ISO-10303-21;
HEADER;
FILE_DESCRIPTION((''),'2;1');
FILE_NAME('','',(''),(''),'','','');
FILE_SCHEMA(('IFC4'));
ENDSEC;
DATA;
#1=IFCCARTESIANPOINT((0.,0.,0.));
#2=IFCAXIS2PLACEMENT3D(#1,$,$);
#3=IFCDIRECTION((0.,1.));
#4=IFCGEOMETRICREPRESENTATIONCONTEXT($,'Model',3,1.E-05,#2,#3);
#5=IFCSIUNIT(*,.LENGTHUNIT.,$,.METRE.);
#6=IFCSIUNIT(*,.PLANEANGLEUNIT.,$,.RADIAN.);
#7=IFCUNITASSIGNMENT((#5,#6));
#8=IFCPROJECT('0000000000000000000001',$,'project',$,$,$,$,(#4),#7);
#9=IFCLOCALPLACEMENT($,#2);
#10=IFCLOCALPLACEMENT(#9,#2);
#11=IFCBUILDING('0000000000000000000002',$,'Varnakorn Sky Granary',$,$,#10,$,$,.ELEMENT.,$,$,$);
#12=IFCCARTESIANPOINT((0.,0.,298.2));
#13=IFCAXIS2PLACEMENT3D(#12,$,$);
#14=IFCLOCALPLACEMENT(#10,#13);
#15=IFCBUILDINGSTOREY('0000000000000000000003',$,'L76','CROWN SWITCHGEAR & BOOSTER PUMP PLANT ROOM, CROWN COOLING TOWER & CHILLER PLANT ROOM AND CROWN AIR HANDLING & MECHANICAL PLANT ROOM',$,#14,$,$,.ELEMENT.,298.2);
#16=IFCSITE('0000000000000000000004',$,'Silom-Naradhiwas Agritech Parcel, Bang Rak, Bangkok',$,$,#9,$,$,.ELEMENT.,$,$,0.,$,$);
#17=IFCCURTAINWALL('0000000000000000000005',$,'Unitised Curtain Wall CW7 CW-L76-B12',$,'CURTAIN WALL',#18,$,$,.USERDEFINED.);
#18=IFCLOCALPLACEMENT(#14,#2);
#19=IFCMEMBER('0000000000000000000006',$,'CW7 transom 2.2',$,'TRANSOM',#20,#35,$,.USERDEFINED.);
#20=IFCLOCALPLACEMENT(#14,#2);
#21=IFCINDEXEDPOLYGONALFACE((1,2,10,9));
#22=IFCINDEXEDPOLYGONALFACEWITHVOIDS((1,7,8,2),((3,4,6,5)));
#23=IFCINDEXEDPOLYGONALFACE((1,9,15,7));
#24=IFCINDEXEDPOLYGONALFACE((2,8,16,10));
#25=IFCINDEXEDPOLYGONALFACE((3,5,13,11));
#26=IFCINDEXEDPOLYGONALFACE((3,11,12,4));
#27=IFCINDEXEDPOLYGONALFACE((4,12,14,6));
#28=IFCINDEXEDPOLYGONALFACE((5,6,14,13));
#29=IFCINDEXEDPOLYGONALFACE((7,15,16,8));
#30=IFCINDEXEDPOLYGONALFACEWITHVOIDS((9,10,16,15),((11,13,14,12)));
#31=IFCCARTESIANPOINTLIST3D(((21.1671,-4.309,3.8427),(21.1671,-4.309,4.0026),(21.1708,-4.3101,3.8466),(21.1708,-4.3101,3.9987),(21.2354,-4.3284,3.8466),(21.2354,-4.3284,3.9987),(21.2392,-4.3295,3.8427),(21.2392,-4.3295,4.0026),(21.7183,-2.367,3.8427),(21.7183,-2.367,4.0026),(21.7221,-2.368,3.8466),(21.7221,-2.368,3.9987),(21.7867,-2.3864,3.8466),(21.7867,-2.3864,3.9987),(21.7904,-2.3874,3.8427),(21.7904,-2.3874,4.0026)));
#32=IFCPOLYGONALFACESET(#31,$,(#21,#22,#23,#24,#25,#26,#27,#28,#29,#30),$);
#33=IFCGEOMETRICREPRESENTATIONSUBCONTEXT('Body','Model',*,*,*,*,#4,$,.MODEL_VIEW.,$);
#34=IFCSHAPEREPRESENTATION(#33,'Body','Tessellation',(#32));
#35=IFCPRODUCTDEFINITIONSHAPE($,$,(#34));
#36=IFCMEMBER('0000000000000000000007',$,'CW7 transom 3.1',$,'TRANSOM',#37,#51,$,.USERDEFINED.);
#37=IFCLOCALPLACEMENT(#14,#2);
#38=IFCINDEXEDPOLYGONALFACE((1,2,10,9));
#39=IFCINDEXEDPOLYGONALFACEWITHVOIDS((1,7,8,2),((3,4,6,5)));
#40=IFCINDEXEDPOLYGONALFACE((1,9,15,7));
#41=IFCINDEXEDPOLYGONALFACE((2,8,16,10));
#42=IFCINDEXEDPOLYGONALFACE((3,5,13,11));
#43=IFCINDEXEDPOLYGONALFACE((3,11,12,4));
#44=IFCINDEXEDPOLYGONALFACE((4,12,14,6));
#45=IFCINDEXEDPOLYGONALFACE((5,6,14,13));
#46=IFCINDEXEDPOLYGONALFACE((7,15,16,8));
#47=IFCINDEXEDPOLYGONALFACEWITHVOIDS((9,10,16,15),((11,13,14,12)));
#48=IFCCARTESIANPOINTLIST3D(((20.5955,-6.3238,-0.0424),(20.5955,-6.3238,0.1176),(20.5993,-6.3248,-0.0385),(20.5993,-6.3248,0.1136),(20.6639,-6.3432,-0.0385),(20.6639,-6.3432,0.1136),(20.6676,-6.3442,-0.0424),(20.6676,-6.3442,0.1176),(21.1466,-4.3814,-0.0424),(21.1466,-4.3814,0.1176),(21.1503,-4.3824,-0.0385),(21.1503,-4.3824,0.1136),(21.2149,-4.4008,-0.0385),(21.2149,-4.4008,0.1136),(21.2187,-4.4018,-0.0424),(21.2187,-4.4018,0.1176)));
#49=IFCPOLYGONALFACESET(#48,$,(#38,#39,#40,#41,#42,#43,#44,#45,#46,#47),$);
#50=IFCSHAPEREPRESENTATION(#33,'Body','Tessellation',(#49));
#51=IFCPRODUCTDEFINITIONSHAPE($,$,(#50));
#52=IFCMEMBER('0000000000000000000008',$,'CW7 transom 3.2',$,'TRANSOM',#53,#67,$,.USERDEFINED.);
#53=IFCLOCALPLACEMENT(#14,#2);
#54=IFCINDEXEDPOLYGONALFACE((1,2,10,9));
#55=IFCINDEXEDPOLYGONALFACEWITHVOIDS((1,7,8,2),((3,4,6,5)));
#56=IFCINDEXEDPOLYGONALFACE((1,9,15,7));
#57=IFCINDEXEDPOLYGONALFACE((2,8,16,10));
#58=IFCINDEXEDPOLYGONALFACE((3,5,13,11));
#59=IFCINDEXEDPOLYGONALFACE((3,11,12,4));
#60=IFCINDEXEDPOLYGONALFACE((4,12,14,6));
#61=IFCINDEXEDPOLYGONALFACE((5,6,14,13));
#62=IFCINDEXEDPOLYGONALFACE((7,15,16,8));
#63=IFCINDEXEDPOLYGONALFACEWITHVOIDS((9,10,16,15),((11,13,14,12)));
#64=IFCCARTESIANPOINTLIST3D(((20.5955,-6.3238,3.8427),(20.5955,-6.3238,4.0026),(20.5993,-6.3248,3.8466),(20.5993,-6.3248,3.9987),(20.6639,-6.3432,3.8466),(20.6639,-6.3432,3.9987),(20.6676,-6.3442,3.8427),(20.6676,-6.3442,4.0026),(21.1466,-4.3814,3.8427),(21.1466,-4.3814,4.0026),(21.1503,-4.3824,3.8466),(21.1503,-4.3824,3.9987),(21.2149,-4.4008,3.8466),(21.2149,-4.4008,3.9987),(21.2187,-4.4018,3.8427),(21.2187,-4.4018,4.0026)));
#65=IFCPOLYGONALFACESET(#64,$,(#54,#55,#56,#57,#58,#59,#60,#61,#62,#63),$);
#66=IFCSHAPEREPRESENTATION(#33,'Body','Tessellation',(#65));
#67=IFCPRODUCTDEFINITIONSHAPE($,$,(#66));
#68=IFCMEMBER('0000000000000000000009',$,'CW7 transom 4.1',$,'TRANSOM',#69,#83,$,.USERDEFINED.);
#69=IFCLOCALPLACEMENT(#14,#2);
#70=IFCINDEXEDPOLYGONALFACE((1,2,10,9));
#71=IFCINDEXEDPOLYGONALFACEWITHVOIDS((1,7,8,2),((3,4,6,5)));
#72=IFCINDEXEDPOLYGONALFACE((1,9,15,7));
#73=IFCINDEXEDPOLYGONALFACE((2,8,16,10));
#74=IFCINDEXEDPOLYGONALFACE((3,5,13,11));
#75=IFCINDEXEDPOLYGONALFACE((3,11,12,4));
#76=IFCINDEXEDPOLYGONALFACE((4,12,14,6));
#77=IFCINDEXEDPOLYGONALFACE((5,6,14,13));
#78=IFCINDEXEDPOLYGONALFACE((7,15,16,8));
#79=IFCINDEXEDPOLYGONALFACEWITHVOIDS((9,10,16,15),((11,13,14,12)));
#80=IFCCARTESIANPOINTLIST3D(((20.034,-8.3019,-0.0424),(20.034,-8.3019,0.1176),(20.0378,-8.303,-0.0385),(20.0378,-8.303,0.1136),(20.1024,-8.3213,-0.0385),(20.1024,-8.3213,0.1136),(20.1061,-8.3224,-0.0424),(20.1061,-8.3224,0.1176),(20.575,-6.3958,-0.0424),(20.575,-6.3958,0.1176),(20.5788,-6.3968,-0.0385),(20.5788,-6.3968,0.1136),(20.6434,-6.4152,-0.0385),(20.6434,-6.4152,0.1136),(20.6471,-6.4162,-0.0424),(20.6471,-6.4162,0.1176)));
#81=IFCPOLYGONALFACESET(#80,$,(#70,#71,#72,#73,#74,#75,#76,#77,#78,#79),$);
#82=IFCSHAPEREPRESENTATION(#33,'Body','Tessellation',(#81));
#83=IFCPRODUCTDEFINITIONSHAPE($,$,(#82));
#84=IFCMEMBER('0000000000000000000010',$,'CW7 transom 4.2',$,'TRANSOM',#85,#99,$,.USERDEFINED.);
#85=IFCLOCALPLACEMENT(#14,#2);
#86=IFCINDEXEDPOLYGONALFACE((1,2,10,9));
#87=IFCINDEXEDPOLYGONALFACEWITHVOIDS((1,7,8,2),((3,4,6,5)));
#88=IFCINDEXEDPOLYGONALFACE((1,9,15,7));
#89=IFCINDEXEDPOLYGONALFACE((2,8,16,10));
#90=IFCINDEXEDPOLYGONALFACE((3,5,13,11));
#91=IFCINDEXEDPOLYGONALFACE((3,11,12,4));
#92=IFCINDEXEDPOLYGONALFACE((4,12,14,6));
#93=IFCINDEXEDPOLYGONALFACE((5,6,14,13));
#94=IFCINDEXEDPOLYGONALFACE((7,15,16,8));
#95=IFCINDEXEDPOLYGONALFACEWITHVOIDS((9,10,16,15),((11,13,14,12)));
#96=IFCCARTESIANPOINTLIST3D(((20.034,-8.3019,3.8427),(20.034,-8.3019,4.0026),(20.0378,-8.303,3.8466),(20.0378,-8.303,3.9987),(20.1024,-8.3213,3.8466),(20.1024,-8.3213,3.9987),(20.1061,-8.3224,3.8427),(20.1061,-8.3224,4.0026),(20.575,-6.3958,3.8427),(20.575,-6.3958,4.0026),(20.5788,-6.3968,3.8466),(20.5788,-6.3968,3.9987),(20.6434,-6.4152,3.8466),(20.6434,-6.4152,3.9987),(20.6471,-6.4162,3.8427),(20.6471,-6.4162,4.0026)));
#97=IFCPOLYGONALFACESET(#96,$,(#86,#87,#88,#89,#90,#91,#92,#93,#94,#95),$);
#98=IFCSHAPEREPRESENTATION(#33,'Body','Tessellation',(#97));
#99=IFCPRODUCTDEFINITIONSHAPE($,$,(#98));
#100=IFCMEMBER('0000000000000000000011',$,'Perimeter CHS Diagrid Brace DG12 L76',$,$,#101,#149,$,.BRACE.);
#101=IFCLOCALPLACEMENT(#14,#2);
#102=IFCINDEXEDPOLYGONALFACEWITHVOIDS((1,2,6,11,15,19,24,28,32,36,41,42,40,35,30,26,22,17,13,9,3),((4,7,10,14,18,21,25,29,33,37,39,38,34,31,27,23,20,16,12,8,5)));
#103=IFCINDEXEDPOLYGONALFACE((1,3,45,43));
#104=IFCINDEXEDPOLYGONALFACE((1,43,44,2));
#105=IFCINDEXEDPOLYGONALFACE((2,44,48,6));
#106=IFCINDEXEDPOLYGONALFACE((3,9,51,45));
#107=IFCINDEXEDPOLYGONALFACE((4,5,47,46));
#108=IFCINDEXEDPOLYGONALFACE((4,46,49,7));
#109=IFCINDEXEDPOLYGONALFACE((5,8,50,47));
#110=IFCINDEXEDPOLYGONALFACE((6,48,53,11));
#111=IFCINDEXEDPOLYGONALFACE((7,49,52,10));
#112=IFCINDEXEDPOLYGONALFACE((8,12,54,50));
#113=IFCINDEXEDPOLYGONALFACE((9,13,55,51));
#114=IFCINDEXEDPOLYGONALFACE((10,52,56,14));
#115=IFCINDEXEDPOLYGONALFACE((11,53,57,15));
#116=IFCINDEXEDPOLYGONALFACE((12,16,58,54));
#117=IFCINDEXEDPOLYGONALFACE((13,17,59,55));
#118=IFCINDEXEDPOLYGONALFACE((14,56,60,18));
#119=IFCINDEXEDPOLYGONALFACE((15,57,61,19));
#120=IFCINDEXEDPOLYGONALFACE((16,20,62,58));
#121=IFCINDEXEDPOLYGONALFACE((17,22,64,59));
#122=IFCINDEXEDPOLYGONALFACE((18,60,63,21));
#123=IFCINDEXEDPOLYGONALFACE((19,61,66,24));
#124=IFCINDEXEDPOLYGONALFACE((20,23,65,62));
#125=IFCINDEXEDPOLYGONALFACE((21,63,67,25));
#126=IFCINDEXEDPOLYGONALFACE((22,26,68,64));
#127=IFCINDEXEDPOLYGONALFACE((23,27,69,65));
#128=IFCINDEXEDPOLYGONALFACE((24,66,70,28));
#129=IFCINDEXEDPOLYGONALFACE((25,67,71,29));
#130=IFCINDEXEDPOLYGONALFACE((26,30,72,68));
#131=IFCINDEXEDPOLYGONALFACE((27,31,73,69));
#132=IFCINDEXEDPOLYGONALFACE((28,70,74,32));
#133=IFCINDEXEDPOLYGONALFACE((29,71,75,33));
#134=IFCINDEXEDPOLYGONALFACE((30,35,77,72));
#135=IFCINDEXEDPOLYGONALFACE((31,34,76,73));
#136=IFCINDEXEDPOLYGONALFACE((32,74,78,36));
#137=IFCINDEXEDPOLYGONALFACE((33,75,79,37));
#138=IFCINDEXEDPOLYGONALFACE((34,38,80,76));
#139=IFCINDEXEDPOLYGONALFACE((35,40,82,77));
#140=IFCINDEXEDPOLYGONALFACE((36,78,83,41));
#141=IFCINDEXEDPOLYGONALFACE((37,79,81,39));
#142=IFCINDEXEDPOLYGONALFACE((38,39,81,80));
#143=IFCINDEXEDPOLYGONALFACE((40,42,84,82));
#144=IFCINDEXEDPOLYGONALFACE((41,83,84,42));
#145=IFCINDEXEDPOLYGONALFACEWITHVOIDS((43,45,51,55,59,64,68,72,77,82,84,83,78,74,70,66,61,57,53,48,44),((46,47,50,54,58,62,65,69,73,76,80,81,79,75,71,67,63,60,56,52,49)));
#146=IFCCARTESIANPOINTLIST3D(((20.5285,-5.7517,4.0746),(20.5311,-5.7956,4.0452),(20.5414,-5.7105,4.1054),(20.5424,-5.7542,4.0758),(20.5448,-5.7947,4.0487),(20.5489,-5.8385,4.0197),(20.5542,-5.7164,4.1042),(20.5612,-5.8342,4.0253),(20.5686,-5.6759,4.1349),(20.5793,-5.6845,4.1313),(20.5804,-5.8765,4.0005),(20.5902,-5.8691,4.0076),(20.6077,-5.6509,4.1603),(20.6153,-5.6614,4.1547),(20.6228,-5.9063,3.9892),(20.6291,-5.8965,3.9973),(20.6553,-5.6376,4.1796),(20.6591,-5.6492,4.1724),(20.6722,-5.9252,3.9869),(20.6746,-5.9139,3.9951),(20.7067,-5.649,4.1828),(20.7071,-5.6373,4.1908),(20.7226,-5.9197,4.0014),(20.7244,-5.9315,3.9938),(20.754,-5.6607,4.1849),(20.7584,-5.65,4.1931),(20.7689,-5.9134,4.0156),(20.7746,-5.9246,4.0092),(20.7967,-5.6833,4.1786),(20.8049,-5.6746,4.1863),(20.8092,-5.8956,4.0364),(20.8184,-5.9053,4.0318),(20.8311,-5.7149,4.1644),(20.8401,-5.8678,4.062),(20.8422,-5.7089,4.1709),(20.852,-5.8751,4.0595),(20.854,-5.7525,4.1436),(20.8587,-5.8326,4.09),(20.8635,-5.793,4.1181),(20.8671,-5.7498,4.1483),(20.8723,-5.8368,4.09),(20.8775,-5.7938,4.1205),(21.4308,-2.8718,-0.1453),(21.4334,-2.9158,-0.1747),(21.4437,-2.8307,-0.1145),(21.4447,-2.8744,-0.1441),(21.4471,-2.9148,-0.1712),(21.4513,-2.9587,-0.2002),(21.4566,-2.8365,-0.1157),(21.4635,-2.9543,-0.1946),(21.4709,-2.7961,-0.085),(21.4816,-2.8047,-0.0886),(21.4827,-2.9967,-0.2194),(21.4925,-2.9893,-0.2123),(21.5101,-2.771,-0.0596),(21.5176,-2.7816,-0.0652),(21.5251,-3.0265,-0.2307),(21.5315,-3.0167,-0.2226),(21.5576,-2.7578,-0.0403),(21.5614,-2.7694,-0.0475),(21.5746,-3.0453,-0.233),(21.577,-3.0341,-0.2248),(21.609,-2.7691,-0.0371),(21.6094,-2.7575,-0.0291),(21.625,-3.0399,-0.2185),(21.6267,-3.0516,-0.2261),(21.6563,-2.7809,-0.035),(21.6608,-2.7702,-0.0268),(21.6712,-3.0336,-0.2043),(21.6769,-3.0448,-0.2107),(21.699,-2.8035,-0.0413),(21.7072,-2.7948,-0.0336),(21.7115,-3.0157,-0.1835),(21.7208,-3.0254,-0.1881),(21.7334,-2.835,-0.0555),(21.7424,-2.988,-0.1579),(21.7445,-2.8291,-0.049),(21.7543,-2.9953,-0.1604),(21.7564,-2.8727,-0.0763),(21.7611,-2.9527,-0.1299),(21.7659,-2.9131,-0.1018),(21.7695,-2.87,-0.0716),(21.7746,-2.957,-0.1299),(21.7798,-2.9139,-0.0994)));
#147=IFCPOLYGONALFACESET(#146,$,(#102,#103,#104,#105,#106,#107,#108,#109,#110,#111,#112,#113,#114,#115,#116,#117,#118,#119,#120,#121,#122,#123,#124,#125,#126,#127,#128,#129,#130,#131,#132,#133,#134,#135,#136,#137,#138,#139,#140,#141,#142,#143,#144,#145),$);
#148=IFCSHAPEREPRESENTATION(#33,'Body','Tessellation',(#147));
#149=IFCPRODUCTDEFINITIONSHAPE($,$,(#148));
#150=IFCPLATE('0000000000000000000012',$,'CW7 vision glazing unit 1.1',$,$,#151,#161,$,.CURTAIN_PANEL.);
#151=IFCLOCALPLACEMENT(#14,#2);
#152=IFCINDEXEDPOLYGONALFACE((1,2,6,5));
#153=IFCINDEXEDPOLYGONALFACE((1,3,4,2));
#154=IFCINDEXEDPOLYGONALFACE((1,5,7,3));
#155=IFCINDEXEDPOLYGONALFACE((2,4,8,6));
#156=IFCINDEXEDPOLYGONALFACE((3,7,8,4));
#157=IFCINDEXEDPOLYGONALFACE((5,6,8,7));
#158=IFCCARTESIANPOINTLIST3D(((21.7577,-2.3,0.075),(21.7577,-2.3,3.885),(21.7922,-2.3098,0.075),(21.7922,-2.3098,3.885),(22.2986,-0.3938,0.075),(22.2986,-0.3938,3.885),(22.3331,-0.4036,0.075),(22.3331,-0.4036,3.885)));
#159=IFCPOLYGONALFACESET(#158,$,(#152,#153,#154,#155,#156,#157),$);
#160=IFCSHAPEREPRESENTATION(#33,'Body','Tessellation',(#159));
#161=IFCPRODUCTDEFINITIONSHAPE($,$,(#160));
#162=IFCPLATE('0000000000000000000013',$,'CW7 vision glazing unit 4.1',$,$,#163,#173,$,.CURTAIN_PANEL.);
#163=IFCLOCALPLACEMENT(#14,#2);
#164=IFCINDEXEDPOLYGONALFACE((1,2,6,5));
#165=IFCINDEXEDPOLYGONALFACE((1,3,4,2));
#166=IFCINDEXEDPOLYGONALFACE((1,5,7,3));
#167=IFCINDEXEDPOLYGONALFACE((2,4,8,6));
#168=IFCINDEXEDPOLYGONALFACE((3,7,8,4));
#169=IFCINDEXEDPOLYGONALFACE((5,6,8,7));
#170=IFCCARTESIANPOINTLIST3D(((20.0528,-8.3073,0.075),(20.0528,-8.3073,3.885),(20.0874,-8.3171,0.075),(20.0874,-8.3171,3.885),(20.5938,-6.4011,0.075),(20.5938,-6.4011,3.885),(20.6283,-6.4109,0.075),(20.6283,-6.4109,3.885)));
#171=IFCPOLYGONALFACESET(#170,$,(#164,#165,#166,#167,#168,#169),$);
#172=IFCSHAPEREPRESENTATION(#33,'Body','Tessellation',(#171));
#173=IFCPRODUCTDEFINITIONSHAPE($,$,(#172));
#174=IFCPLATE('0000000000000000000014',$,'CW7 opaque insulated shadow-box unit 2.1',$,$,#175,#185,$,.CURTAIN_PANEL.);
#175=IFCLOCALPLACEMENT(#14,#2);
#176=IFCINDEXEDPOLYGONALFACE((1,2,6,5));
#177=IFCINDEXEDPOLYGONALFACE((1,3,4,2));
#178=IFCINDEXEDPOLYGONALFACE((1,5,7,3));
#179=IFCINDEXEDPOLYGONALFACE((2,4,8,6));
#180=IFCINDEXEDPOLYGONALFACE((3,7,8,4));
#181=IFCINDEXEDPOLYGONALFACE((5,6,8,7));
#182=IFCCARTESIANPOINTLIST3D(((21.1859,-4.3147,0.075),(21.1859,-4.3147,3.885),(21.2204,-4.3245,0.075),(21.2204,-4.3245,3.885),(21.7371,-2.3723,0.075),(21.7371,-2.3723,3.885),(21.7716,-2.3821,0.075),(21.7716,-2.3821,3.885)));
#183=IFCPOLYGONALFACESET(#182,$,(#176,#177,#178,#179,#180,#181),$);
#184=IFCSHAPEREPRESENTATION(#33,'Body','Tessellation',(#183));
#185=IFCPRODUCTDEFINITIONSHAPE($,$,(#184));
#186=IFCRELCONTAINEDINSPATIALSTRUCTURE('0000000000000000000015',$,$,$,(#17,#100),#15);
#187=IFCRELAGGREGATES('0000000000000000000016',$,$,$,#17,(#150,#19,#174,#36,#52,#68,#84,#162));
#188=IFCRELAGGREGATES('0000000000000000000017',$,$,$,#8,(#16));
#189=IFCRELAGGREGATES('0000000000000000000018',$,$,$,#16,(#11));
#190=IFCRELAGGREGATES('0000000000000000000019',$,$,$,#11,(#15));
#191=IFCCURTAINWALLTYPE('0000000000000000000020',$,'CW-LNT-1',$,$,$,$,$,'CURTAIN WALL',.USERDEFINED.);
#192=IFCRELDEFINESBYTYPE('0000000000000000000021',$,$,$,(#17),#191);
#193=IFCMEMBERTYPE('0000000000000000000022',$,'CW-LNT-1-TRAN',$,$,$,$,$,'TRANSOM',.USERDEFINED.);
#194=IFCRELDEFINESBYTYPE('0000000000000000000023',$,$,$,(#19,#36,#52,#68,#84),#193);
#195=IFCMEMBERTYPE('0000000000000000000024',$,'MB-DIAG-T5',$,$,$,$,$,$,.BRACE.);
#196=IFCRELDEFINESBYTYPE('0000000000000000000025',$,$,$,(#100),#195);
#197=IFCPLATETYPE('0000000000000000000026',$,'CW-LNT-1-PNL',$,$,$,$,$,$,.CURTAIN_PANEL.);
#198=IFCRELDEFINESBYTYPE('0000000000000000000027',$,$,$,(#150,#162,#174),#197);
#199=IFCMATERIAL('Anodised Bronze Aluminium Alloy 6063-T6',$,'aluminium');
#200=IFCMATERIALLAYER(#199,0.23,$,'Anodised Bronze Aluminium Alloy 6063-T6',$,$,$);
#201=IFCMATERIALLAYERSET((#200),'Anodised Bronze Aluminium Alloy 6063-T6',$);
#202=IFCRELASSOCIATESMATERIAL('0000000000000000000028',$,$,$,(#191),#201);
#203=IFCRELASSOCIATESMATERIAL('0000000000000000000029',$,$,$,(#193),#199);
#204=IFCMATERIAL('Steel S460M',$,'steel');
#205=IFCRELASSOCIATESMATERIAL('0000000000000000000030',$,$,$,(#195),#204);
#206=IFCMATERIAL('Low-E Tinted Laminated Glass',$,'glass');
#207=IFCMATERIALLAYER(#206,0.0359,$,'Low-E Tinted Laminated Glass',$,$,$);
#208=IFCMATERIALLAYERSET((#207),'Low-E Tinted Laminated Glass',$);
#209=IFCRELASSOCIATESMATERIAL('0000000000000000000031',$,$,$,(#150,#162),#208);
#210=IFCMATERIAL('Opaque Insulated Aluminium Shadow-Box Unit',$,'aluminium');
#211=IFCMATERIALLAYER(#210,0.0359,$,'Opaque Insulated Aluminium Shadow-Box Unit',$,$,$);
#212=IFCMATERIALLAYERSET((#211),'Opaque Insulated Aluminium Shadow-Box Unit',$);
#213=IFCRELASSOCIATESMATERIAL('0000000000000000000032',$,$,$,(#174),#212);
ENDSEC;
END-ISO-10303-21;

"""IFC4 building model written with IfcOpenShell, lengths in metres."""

from ifc_helpers import new_model, si_unit, direction, frame, origin, origin_2d, place, context, subcontext, project, spatial, rectangle, hollow_rectangle, hollow_circle, extrude, source, transform, mapped, material, layer, layer_set, material_profile, profile_set, type_object, type_shapes, element, aggregate, save


model = new_model("IFC4")

# Units and contexts
model_context = context("Model", 3, precision=1e-05, world=origin(), true_north=direction((0.0, 1.0)))
body_context = subcontext(model_context, "Body", "Model", "MODEL_VIEW")
ifc_project = project(units=[si_unit("LENGTHUNIT", "METRE"), si_unit("PLANEANGLEUNIT", "RADIAN")], contexts=[model_context])

# Site, building, storey
site_placement = place(None, origin())
site = spatial("IfcSite", under=ifc_project, at=site_placement, Name="Silom-Naradhiwas Agritech Parcel, Bang Rak, Bangkok", CompositionType="ELEMENT", RefElevation=0.0)
building_placement = place(site_placement, origin())
building = spatial("IfcBuilding", under=site, at=building_placement, Name="Varnakorn Sky Granary", CompositionType="ELEMENT")
storey_placement = place(building_placement, frame((0.0, 0.0, 298.2)))
storey = spatial("IfcBuildingStorey", under=building, at=storey_placement, Name="L76", Description="CROWN SWITCHGEAR & BOOSTER PUMP PLANT ROOM, CROWN COOLING TOWER & CHILLER PLANT ROOM AND CROWN AIR HANDLING & MECHANICAL PLANT ROOM", CompositionType="ELEMENT", Elevation=298.2)

# Shared definitions
ifc_material_1 = material(Name="Steel S460M", Category="steel")

# Curtain wall, members
ifc_material_2 = material(Name="Anodised Bronze Aluminium Alloy 6063-T6", Category="aluminium")
ifc_layer_1 = layer(ifc_material_2, 0.23, Name="Anodised Bronze Aluminium Alloy 6063-T6")
ifc_layer_set_1 = layer_set([ifc_layer_1], Name="Anodised Bronze Aluminium Alloy 6063-T6")
curtain_wall_type = type_object("IfcCurtainWallType", Name="CW-LNT-1", ElementType="CURTAIN WALL", PredefinedType="USERDEFINED", material=ifc_layer_set_1)
curtain_wall_placement = place(storey_placement, origin())
curtain_wall = element("IfcCurtainWall", 1, at=curtain_wall_placement, inside=storey, type_object=curtain_wall_type, Name="Unitised Curtain Wall CW7 CW-L76-B12", ObjectType="CURTAIN WALL", PredefinedType="USERDEFINED")
ifc_material_profile_1 = material_profile(ifc_material_2, hollow_rectangle(XDim=0.075, YDim=0.1599, WallThickness=0.0039, at=origin_2d()), Name="ALU TRAN 75x160")
ifc_profile_set_1 = profile_set([ifc_material_profile_1], Name="Anodised Bronze Aluminium Alloy 6063-T6")
member_type_1 = type_object("IfcMemberType", Name="CW-LNT-1-TRAN", ElementType="TRANSOM", PredefinedType="USERDEFINED", material=ifc_profile_set_1)
member_1_placement = place(storey_placement, frame((21.7544, -2.3772, 3.9226), z_axis=(-0.27306, -0.961997, 0.0), x_axis=(0.961997, -0.27306, 0.0)))
member_1 = element("IfcMember", 2, at=member_1_placement, type_object=member_type_1, Name="CW7 transom 2.2", ObjectType="TRANSOM", PredefinedType="USERDEFINED", context=body_context, shape_type="SweptSolid", body=[
    extrude(hollow_rectangle(XDim=0.075, YDim=0.1599, WallThickness=0.0039, at=origin_2d()), origin(), (0.0, 0.0, 1.0), 2.0188),
])
member_2_placement = place(storey_placement, frame((21.1826, -4.3916, 0.0376), z_axis=(-0.272916, -0.962038, 0.0), x_axis=(0.962038, -0.272916, 0.0)))
member_2 = element("IfcMember", 3, at=member_2_placement, type_object=member_type_1, Name="CW7 transom 3.1", ObjectType="TRANSOM", PredefinedType="USERDEFINED", context=body_context, shape_type="SweptSolid", body=[
    extrude(hollow_rectangle(XDim=0.075, YDim=0.1599, WallThickness=0.0039, at=origin_2d()), origin(), (0.0, 0.0, 1.0), 2.019),
])
member_3_placement = place(storey_placement, frame((21.1826, -4.3916, 3.9226), z_axis=(-0.272916, -0.962038, 0.0), x_axis=(0.962038, -0.272916, 0.0)))
member_3 = element("IfcMember", 4, at=member_3_placement, type_object=member_type_1, Name="CW7 transom 3.2", ObjectType="TRANSOM", PredefinedType="USERDEFINED", context=body_context, shape_type="SweptSolid", body=[
    extrude(hollow_rectangle(XDim=0.075, YDim=0.1599, WallThickness=0.0039, at=origin_2d()), origin(), (0.0, 0.0, 1.0), 2.019),
])
member_4_placement = place(storey_placement, frame((20.6111, -6.406, 0.0376), z_axis=(-0.273028, -0.962006, 0.0), x_axis=(0.962006, -0.273028, 0.0)))
member_4 = element("IfcMember", 5, at=member_4_placement, type_object=member_type_1, Name="CW7 transom 4.1", ObjectType="TRANSOM", PredefinedType="USERDEFINED", context=body_context, shape_type="SweptSolid", body=[
    extrude(hollow_rectangle(XDim=0.075, YDim=0.1599, WallThickness=0.0039, at=origin_2d()), origin(), (0.0, 0.0, 1.0), 1.9814),
])
member_5_placement = place(storey_placement, frame((20.6111, -6.406, 3.9226), z_axis=(-0.273028, -0.962006, 0.0), x_axis=(0.962006, -0.273028, 0.0)))
member_5 = element("IfcMember", 6, at=member_5_placement, type_object=member_type_1, Name="CW7 transom 4.2", ObjectType="TRANSOM", PredefinedType="USERDEFINED", context=body_context, shape_type="SweptSolid", body=[
    extrude(hollow_rectangle(XDim=0.075, YDim=0.1599, WallThickness=0.0039, at=origin_2d()), origin(), (0.0, 0.0, 1.0), 1.9814),
])

# Member
ifc_material_profile_2 = material_profile(ifc_material_1, hollow_circle(Radius=0.1777, WallThickness=0.0142, at=origin_2d()), Name="CHS 355.6x14")
ifc_profile_set_2 = profile_set([ifc_material_profile_2], Name="Steel S460M")
member_type_2 = type_object("IfcMemberType", Name="MB-DIAG-T5", PredefinedType="BRACE", material=ifc_profile_set_2)
member_6_placement = place(storey_placement, frame((21.605, -2.9038, -0.1299), z_axis=(-0.173927, -0.555097, 0.813398), x_axis=(0.954255, -0.298993, 0.0)))
element("IfcMember", 7, at=member_6_placement, inside=storey, type_object=member_type_2, Name="Perimeter CHS Diagrid Brace DG12 L76", PredefinedType="BRACE", context=body_context, shape_type="SweptSolid", body=[
    extrude(hollow_circle(Radius=0.1777, WallThickness=0.0142, at=origin_2d()), origin(), (0.0, 0.0, 1.0), 5.188),
])

# Plates
ifc_material_3 = material(Name="Low-E Tinted Laminated Glass", Category="glass")
ifc_layer_2 = layer(ifc_material_3, 0.0359, Name="Low-E Tinted Laminated Glass")
ifc_layer_set_2 = layer_set([ifc_layer_2], Name="Low-E Tinted Laminated Glass")
plate_type = type_object("IfcPlateType", Name="CW-LNT-1-PNL", PredefinedType="CURTAIN_PANEL")
shared_shape_1 = source(origin(), body_context, "Body", "SweptSolid", [
    extrude(rectangle(XDim=1.9814, YDim=0.0359, at=origin_2d()), origin(), (0.0, 0.0, 1.0), 3.8101),
])
plate_1_placement = place(storey_placement, frame((22.0454, -1.3518, 0.075), z_axis=(0.0, 0.0, 1.0), x_axis=(-0.273007, -0.962012, 0.0)))
plate_1 = element("IfcPlate", 8, at=plate_1_placement, type_object=plate_type, material=ifc_layer_set_2, Name="CW7 vision glazing unit 1.1", PredefinedType="CURTAIN_PANEL", context=body_context, shape_type="MappedRepresentation", body=[
    mapped(shared_shape_1, transform((0.0, 0.0, 0.0), x_axis=(1.0, 0.0, 0.0), y_axis=(0.0, 1.0, 0.0), z_axis=(0.0, 0.0, 1.0), scale=1.0)),
])
plate_2_placement = place(storey_placement, frame((20.3406, -7.3591, 0.075), z_axis=(0.0, 0.0, 1.0), x_axis=(-0.273007, -0.962012, 0.0)))
plate_2 = element("IfcPlate", 9, at=plate_2_placement, type_object=plate_type, material=ifc_layer_set_2, Name="CW7 vision glazing unit 4.1", PredefinedType="CURTAIN_PANEL", context=body_context, shape_type="MappedRepresentation", body=[
    mapped(shared_shape_1, transform((0.0, 0.0, 0.0), x_axis=(1.0, 0.0, 0.0), y_axis=(0.0, 1.0, 0.0), z_axis=(0.0, 0.0, 1.0), scale=1.0)),
])
ifc_material_4 = material(Name="Opaque Insulated Aluminium Shadow-Box Unit", Category="aluminium")
ifc_layer_3 = layer(ifc_material_4, 0.0359, Name="Opaque Insulated Aluminium Shadow-Box Unit")
ifc_layer_set_3 = layer_set([ifc_layer_3], Name="Opaque Insulated Aluminium Shadow-Box Unit")
shared_shape_2 = source(origin(), body_context, "Body", "SweptSolid", [
    extrude(rectangle(XDim=2.019, YDim=0.0359, at=origin_2d()), origin(), (0.0, 0.0, 1.0), 3.8101),
])
type_shapes(plate_type, [shared_shape_1, shared_shape_2])
plate_3_placement = place(storey_placement, frame((21.4788, -3.3484, 0.075), z_axis=(0.0, 0.0, 1.0), x_axis=(-0.273007, -0.962012, 0.0)))
plate_3 = element("IfcPlate", 10, at=plate_3_placement, type_object=plate_type, material=ifc_layer_set_3, Name="CW7 opaque insulated shadow-box unit 2.1", PredefinedType="CURTAIN_PANEL", context=body_context, shape_type="MappedRepresentation", body=[
    mapped(shared_shape_2, transform((0.0, 0.0, 0.0), x_axis=(1.0, 0.0, 0.0), y_axis=(0.0, 1.0, 0.0), z_axis=(0.0, 0.0, 1.0), scale=1.0)),
])
aggregate(curtain_wall, [plate_1, member_1, plate_3, member_2, member_3, member_4, member_5, plate_2])

save(model, "model.ifc")
